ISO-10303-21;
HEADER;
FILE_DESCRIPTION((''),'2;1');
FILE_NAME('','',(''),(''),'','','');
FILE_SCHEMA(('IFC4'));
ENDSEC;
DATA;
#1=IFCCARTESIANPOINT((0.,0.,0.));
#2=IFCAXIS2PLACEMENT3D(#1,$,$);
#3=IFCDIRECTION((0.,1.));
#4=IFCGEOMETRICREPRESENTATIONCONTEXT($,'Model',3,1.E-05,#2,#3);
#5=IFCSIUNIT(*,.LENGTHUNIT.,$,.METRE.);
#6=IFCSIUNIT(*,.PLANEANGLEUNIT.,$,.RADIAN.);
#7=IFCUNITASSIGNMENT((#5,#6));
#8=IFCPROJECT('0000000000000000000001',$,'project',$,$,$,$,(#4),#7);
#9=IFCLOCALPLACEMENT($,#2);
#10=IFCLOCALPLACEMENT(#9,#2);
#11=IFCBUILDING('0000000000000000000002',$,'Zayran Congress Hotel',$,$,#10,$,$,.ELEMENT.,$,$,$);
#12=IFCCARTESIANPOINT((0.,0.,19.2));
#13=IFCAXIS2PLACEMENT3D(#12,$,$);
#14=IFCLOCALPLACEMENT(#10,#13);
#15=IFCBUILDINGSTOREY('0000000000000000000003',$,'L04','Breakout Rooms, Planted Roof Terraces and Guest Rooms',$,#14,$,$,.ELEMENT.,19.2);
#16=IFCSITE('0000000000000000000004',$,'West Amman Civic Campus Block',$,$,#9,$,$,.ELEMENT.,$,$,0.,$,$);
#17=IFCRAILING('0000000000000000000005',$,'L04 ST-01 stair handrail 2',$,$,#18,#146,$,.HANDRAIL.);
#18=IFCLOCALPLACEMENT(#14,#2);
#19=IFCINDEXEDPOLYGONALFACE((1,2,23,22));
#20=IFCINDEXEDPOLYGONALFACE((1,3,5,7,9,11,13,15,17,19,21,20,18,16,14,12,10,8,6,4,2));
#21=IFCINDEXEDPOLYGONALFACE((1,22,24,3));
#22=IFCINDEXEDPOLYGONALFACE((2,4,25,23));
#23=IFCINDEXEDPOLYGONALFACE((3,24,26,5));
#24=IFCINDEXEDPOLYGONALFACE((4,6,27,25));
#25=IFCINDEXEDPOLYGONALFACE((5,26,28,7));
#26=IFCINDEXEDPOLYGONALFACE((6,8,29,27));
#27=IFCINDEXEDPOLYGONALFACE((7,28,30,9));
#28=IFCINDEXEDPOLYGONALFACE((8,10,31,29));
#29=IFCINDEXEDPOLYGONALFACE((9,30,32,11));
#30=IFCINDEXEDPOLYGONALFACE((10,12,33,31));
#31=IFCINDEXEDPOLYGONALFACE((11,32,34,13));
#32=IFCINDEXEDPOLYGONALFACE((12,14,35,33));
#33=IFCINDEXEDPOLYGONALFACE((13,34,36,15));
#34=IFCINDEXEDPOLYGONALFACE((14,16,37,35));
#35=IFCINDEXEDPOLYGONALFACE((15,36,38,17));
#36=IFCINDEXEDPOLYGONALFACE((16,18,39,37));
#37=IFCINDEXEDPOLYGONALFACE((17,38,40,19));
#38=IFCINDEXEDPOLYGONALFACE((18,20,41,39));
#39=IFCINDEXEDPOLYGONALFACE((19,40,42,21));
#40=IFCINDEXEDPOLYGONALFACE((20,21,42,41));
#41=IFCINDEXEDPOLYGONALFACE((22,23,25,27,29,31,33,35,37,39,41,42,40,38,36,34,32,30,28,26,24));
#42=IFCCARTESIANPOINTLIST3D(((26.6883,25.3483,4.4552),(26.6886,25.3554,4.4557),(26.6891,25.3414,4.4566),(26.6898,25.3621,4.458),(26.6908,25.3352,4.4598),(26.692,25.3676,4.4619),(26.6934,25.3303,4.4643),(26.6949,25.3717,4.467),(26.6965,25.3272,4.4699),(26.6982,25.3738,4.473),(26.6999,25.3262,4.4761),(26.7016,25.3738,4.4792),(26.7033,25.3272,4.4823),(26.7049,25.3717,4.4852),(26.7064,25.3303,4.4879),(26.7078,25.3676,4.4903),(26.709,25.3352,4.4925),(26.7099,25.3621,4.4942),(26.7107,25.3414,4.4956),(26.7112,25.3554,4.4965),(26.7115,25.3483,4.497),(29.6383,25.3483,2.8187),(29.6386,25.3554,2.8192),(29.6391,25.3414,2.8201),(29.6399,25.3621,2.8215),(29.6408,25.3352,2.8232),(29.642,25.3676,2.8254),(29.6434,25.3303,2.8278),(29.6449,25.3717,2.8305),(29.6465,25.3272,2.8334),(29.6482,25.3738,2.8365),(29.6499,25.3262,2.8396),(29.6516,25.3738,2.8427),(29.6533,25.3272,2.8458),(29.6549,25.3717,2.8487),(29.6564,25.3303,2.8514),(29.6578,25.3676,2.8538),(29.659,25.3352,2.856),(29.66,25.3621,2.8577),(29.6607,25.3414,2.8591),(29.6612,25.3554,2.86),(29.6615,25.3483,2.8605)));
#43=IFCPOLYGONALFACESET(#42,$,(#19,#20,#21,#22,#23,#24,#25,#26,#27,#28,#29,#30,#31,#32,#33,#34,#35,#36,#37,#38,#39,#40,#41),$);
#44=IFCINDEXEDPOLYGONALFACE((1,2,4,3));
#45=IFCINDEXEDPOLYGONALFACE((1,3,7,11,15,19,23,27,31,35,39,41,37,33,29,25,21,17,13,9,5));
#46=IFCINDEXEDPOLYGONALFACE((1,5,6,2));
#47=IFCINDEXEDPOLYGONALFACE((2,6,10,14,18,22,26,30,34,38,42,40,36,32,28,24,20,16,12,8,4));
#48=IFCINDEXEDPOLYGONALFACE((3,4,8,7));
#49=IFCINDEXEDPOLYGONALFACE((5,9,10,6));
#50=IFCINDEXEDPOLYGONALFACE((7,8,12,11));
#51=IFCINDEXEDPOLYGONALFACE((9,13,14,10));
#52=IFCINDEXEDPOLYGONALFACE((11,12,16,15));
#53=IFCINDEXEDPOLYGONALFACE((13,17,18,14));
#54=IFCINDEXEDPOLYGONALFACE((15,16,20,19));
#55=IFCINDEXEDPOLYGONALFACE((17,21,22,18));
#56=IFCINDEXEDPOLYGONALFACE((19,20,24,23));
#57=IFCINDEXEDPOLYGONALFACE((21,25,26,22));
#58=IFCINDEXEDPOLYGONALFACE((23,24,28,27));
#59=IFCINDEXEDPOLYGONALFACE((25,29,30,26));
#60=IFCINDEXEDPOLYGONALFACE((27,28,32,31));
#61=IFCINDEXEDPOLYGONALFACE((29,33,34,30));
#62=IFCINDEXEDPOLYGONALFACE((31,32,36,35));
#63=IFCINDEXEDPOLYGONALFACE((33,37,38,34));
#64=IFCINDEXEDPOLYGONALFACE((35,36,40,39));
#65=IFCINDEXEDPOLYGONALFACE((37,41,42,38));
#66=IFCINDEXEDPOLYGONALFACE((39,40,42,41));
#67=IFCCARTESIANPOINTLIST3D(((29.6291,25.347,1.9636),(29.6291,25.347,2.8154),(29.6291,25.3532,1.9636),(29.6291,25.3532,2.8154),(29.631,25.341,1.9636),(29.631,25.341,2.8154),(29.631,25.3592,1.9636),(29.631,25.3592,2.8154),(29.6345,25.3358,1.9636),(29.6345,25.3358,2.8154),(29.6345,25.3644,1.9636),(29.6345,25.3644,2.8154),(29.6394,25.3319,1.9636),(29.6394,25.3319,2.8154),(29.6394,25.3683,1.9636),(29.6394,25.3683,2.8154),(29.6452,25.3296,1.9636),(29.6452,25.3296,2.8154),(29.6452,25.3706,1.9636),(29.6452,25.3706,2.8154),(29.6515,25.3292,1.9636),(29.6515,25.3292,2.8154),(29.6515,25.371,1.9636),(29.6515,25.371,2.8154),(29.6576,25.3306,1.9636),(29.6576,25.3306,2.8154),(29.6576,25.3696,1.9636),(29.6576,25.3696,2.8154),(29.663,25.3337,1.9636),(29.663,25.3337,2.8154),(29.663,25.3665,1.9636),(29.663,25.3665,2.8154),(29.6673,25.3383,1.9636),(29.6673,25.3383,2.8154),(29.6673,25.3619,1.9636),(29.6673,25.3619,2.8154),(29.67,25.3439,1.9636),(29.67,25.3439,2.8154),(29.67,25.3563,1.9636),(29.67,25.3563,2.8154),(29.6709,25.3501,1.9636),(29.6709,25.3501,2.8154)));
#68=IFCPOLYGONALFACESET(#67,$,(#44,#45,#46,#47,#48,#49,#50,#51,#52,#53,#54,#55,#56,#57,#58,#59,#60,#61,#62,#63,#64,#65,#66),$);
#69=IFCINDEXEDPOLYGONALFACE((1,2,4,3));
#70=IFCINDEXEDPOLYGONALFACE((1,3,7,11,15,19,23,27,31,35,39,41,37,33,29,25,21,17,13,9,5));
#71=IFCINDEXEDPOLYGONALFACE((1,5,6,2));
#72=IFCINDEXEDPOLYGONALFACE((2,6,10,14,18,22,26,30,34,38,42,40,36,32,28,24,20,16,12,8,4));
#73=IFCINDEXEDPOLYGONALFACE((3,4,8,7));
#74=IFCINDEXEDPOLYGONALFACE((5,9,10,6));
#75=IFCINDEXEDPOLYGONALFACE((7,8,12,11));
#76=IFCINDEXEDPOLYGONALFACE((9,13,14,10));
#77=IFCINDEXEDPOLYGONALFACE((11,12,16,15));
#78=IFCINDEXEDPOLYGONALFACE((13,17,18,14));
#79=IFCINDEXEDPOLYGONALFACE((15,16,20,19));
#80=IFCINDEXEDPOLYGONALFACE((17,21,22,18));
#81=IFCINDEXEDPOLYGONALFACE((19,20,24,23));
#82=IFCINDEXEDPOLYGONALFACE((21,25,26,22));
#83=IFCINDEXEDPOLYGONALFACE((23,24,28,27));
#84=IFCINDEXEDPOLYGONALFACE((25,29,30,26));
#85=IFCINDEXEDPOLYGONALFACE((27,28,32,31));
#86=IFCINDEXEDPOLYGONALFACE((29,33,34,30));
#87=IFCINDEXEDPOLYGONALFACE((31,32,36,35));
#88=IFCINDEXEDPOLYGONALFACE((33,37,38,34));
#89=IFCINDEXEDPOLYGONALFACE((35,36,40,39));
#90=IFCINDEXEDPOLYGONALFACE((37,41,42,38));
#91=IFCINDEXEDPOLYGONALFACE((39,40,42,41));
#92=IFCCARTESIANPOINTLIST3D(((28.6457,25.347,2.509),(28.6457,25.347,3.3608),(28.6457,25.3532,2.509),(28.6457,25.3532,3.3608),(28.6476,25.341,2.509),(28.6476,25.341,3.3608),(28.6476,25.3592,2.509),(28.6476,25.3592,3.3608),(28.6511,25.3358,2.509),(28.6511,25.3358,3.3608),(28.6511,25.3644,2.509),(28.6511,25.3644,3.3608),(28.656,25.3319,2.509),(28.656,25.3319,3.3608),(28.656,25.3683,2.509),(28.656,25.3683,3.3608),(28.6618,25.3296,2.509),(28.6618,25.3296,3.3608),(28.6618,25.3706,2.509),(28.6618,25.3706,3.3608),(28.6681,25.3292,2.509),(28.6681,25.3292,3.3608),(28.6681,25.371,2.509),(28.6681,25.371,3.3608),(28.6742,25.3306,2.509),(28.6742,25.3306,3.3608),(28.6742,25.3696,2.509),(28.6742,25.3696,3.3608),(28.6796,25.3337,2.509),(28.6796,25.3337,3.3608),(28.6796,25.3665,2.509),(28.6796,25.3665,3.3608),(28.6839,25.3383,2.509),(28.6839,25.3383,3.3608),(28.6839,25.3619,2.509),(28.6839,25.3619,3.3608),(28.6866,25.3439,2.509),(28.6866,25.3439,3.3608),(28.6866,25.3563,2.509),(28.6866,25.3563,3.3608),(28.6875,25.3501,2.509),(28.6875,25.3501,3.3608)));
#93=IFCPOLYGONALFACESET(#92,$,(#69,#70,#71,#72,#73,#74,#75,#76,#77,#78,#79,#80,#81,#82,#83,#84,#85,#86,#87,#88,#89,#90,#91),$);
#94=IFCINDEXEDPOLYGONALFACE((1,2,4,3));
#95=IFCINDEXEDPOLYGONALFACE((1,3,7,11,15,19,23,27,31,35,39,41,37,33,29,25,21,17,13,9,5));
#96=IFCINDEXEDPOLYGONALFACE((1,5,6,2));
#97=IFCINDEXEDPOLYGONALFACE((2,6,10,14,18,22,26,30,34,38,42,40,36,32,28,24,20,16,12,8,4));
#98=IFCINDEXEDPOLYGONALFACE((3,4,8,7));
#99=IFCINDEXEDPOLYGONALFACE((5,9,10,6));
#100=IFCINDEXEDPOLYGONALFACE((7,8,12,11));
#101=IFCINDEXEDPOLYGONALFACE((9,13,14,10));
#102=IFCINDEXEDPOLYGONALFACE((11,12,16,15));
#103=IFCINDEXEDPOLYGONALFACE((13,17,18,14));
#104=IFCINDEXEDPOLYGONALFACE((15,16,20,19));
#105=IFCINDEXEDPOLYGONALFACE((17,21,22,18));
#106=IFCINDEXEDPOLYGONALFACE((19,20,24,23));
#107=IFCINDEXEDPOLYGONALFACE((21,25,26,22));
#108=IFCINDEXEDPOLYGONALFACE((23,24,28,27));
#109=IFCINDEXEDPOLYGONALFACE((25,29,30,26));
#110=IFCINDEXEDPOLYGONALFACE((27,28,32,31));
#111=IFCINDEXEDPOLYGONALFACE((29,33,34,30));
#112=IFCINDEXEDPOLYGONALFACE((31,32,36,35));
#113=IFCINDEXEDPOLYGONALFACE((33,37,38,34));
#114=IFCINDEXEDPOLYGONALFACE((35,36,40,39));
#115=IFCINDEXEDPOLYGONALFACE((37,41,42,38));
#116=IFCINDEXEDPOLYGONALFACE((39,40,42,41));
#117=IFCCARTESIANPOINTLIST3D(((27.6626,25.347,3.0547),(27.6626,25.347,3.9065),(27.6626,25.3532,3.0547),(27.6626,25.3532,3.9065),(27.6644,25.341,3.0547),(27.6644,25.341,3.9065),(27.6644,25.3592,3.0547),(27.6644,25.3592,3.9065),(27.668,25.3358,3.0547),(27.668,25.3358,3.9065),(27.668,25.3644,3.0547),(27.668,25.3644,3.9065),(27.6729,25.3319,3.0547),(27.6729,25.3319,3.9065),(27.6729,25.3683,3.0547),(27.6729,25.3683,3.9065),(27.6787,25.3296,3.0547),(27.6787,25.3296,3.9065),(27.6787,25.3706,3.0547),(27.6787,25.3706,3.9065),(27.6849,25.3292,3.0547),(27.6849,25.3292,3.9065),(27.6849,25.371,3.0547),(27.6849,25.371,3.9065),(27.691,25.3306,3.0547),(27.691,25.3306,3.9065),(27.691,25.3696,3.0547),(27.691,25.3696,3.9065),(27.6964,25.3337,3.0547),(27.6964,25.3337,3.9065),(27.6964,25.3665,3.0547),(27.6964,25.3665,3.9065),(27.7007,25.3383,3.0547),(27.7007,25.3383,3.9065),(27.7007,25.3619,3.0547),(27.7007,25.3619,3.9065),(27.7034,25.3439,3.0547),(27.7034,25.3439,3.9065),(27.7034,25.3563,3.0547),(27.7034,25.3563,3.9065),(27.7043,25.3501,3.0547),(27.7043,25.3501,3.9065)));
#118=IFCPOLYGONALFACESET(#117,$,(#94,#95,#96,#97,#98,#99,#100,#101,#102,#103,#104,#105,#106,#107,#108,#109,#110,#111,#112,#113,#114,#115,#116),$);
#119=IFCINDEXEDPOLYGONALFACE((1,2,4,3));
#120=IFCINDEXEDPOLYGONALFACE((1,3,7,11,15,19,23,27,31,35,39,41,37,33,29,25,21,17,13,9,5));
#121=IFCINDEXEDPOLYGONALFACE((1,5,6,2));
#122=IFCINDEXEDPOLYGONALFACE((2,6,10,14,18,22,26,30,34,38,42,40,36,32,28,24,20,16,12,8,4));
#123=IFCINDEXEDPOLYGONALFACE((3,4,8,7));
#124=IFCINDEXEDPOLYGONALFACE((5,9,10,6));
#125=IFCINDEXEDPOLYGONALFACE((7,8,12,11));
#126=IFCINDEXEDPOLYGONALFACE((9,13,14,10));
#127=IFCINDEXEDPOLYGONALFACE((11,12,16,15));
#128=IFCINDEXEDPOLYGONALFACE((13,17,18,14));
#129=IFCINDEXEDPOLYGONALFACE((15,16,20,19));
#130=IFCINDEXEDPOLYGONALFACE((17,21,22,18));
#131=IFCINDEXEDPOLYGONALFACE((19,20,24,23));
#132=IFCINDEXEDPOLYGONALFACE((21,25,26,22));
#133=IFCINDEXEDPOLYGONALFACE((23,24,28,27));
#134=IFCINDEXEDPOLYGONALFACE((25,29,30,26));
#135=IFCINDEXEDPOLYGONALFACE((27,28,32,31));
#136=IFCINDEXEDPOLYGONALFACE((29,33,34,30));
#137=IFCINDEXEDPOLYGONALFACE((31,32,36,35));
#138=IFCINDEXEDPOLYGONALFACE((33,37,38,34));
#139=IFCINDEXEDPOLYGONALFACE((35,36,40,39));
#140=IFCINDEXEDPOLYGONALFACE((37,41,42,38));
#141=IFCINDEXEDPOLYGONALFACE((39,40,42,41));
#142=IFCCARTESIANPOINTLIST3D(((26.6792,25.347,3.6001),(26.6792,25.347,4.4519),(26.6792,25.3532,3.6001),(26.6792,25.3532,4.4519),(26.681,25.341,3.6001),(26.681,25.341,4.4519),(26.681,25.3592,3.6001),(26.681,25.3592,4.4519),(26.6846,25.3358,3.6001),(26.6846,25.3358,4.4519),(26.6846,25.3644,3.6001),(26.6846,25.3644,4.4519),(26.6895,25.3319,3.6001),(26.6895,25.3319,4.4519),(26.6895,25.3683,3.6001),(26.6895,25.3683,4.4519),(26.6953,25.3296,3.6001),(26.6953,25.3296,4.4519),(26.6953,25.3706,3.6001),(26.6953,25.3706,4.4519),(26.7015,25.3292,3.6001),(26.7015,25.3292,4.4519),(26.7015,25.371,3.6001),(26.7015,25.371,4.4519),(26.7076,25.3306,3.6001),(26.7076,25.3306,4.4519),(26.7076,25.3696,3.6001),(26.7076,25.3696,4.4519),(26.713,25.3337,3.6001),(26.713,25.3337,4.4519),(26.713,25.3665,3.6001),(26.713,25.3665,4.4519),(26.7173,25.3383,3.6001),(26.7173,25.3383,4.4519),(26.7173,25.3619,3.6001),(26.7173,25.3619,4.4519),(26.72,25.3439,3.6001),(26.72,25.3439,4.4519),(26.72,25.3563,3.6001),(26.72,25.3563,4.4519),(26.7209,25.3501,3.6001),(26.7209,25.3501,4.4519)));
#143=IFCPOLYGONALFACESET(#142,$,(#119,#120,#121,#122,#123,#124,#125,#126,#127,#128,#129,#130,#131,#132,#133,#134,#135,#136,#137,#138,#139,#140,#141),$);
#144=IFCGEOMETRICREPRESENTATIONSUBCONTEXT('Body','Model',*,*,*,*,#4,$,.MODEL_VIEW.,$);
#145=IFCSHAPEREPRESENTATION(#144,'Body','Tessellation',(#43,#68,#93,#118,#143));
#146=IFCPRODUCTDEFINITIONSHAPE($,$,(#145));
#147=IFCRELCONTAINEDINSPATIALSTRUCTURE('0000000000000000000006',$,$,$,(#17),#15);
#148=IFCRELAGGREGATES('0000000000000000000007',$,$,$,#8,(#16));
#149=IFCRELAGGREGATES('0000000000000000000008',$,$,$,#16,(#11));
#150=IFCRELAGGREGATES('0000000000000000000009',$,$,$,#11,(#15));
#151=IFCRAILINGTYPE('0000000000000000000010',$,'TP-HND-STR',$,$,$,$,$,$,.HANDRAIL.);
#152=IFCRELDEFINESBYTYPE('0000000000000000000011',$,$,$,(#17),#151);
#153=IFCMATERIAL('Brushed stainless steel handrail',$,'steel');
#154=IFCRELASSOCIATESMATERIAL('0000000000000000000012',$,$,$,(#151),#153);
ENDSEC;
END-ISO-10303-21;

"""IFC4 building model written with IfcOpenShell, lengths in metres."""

from ifc_helpers import new_model, si_unit, direction, frame, origin, origin_2d, place, context, subcontext, project, spatial, circle, extrude, material, type_object, element, save


model = new_model("IFC4")

# Units and contexts
model_context = context("Model", 3, precision=1e-05, world=origin(), true_north=direction((0.0, 1.0)))
body_context = subcontext(model_context, "Body", "Model", "MODEL_VIEW")
ifc_project = project(units=[si_unit("LENGTHUNIT", "METRE"), si_unit("PLANEANGLEUNIT", "RADIAN")], contexts=[model_context])

# Site, building, storey
site_placement = place(None, origin())
site = spatial("IfcSite", under=ifc_project, at=site_placement, Name="West Amman Civic Campus Block", CompositionType="ELEMENT", RefElevation=0.0)
building_placement = place(site_placement, origin())
building = spatial("IfcBuilding", under=site, at=building_placement, Name="Zayran Congress Hotel", CompositionType="ELEMENT")
storey_placement = place(building_placement, frame((0.0, 0.0, 19.2)))
storey = spatial("IfcBuildingStorey", under=building, at=storey_placement, Name="L04", Description="Breakout Rooms, Planted Roof Terraces and Guest Rooms", CompositionType="ELEMENT", Elevation=19.2)

# Railing
ifc_material_1 = material(Name="Brushed stainless steel handrail", Category="steel")
railing_type_1 = type_object("IfcRailingType", Name="TP-HND-STR", PredefinedType="HANDRAIL", material=ifc_material_1)
railing_1_placement = place(storey_placement, frame((29.6499, 25.3501, 1.9636)))
element("IfcRailing", 1, at=railing_1_placement, inside=storey, type_object=railing_type_1, Name="L04 ST-01 stair handrail 2", PredefinedType="HANDRAIL", context=body_context, shape_type="SweptSolid", body=[
    extrude(circle(Radius=0.0239, at=origin_2d()), frame((0.0, 0.0, 0.876), z_axis=(-0.874458, 0.0, 0.485102), x_axis=(0.0, -1.0, 0.0)), (0.0, 0.0, 1.0), 3.3735),
    extrude(circle(Radius=0.021, at=origin_2d()), origin(), (0.0, 0.0, 1.0), 0.8518),
    extrude(circle(Radius=0.021, at=origin_2d()), frame((-0.9834, 0.0, 0.5454)), (0.0, 0.0, 1.0), 0.8518),
    extrude(circle(Radius=0.021, at=origin_2d()), frame((-1.9666, 0.0, 1.0911)), (0.0, 0.0, 1.0), 0.8518),
    extrude(circle(Radius=0.021, at=origin_2d()), frame((-2.95, 0.0, 1.6365)), (0.0, 0.0, 1.0), 0.8518),
])

save(model, "model.ifc")
